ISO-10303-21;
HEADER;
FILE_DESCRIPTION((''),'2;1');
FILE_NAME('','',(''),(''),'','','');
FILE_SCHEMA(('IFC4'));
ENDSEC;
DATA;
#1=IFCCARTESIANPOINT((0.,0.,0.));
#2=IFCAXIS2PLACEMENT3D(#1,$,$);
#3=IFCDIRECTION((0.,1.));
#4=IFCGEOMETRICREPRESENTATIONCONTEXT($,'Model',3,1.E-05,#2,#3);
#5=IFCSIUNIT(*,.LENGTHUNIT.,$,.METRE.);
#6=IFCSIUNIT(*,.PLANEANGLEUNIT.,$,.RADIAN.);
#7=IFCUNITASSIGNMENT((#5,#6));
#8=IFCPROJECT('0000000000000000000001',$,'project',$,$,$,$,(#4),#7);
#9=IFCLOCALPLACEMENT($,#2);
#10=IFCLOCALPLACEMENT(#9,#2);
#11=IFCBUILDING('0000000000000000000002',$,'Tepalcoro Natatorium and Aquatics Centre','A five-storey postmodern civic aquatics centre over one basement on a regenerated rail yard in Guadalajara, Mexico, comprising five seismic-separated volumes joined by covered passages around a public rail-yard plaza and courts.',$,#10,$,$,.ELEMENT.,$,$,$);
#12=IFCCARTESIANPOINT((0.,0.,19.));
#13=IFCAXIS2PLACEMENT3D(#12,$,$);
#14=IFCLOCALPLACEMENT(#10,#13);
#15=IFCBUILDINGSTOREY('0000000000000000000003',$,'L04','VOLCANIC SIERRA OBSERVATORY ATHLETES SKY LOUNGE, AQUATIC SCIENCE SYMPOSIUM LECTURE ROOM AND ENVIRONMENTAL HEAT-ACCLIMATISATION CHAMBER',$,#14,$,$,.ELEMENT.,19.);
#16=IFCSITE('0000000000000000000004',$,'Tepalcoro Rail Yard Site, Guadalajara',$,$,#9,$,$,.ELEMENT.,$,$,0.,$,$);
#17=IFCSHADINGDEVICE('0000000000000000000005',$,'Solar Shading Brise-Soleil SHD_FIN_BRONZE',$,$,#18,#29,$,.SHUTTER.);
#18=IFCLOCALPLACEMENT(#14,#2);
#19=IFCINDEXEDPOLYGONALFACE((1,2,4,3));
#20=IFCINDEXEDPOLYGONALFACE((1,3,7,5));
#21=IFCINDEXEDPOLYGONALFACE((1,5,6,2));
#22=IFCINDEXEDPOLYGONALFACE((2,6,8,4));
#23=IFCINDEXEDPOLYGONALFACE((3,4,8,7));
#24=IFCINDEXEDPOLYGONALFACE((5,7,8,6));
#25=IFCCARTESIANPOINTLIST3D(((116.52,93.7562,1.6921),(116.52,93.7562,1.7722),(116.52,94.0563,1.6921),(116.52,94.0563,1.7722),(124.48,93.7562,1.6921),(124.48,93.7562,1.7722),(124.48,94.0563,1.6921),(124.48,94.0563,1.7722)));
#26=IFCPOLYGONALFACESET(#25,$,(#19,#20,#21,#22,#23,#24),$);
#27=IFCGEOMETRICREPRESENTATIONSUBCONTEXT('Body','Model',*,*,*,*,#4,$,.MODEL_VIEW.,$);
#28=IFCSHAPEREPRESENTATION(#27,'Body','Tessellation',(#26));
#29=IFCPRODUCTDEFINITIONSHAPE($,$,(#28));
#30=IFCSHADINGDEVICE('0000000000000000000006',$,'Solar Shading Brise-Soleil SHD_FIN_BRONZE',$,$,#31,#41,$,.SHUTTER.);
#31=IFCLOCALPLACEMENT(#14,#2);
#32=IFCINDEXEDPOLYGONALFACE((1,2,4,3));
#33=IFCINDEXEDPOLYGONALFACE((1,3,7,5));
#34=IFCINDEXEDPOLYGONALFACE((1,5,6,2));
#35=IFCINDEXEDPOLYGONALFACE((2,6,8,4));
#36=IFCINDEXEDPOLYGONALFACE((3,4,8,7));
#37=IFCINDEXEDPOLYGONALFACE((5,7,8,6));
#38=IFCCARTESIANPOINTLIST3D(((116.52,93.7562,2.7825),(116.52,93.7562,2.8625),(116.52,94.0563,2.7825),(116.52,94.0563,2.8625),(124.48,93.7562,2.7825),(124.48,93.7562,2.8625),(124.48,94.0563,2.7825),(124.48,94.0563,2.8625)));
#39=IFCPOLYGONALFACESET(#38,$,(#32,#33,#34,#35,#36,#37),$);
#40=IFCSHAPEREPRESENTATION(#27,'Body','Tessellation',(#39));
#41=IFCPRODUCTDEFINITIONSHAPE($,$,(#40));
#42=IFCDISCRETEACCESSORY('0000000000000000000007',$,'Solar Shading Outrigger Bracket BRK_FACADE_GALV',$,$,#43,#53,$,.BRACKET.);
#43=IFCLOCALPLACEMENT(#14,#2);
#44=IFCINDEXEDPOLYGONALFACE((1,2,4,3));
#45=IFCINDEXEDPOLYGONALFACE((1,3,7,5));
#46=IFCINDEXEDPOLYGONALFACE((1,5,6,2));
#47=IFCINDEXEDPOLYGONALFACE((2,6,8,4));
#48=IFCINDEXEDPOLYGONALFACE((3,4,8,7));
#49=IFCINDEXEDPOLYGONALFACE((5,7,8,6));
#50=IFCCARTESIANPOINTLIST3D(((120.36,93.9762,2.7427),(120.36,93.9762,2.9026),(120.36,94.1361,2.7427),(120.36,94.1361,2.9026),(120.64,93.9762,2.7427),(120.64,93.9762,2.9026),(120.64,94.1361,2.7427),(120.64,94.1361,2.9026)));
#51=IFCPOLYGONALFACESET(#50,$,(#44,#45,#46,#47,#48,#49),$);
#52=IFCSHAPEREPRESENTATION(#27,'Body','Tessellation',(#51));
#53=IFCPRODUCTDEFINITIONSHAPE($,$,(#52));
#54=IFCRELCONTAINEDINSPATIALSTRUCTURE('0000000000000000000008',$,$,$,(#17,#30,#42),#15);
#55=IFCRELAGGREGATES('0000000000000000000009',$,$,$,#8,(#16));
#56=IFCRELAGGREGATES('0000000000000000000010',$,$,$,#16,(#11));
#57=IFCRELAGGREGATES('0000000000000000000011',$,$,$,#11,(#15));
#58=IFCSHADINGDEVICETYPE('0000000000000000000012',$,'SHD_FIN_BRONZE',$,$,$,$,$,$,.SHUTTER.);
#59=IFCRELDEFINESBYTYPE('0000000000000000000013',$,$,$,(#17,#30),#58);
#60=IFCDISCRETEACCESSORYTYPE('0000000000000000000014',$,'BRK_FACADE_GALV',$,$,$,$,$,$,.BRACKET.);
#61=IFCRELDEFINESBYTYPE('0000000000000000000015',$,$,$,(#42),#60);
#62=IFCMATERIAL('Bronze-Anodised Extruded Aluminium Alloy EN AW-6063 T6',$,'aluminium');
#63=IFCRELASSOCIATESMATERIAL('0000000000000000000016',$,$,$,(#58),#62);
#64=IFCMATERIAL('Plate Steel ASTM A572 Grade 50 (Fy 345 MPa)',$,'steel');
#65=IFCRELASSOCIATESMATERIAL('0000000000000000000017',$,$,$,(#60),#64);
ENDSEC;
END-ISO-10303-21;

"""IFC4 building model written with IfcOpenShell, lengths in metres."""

from ifc_helpers import new_model, si_unit, direction, frame, origin, origin_2d, place, context, subcontext, project, spatial, rectangle, extrude, material, type_object, element, save


model = new_model("IFC4")

# Units and contexts
model_context = context("Model", 3, precision=1e-05, world=origin(), true_north=direction((0.0, 1.0)))
body_context = subcontext(model_context, "Body", "Model", "MODEL_VIEW")
ifc_project = project(units=[si_unit("LENGTHUNIT", "METRE"), si_unit("PLANEANGLEUNIT", "RADIAN")], contexts=[model_context])

# Site, building, storey
site_placement = place(None, origin())
site = spatial("IfcSite", under=ifc_project, at=site_placement, Name="Tepalcoro Rail Yard Site, Guadalajara", CompositionType="ELEMENT", RefElevation=0.0)
building_placement = place(site_placement, origin())
building = spatial("IfcBuilding", under=site, at=building_placement, Name="Tepalcoro Natatorium and Aquatics Centre", Description="A five-storey postmodern civic aquatics centre over one basement on a regenerated rail yard in Guadalajara, Mexico, comprising five seismic-separated volumes joined by covered passages around a public rail-yard plaza and courts.", CompositionType="ELEMENT")
storey_placement = place(building_placement, frame((0.0, 0.0, 19.0)))
storey = spatial("IfcBuildingStorey", under=building, at=storey_placement, Name="L04", Description="VOLCANIC SIERRA OBSERVATORY ATHLETES SKY LOUNGE, AQUATIC SCIENCE SYMPOSIUM LECTURE ROOM AND ENVIRONMENTAL HEAT-ACCLIMATISATION CHAMBER", CompositionType="ELEMENT", Elevation=19.0)

# Shared definitions
ifc_material_1 = material(Name="Bronze-Anodised Extruded Aluminium Alloy EN AW-6063 T6", Category="aluminium")

# Shading devices
shading_device_type = type_object("IfcShadingDeviceType", Name="SHD_FIN_BRONZE", PredefinedType="SHUTTER", material=ifc_material_1)
for number, where, z_axis, x_axis, name in (
    (1, (120.5, 93.9062, 1.6921), (0.0, 0.0, 1.0), (1.0, 0.0, 0.0), "Solar Shading Brise-Soleil SHD_FIN_BRONZE"),
    (2, (120.5, 93.9062, 2.7825), (0.0, 0.0, 1.0), (1.0, 0.0, 0.0), "Solar Shading Brise-Soleil SHD_FIN_BRONZE"),
):
    element("IfcShadingDevice", number, at=place(storey_placement, frame(where, z_axis=z_axis, x_axis=x_axis)), inside=storey, type_object=shading_device_type, Name=name, PredefinedType="SHUTTER", context=body_context, shape_type="SweptSolid", body=[
        extrude(rectangle(XDim=7.96, YDim=0.3, at=origin_2d()), origin(), (0.0, 0.0, 1.0), 0.0801),
    ])

# Discrete accessory
ifc_material_2 = material(Name="Plate Steel ASTM A572 Grade 50 (Fy 345 MPa)", Category="steel")
discrete_accessory_type = type_object("IfcDiscreteAccessoryType", Name="BRK_FACADE_GALV", PredefinedType="BRACKET", material=ifc_material_2)
discrete_accessory_placement = place(storey_placement, frame((120.5, 94.0562, 2.7427), z_axis=(0.0, 0.0, 1.0), x_axis=(1.0, 0.0, 0.0)))
element("IfcDiscreteAccessory", 3, at=discrete_accessory_placement, inside=storey, type_object=discrete_accessory_type, Name="Solar Shading Outrigger Bracket BRK_FACADE_GALV", PredefinedType="BRACKET", context=body_context, shape_type="SweptSolid", body=[
    extrude(rectangle(XDim=0.28, YDim=0.1599, at=origin_2d()), origin(), (0.0, 0.0, 1.0), 0.1599),
])

save(model, "model.ifc")
